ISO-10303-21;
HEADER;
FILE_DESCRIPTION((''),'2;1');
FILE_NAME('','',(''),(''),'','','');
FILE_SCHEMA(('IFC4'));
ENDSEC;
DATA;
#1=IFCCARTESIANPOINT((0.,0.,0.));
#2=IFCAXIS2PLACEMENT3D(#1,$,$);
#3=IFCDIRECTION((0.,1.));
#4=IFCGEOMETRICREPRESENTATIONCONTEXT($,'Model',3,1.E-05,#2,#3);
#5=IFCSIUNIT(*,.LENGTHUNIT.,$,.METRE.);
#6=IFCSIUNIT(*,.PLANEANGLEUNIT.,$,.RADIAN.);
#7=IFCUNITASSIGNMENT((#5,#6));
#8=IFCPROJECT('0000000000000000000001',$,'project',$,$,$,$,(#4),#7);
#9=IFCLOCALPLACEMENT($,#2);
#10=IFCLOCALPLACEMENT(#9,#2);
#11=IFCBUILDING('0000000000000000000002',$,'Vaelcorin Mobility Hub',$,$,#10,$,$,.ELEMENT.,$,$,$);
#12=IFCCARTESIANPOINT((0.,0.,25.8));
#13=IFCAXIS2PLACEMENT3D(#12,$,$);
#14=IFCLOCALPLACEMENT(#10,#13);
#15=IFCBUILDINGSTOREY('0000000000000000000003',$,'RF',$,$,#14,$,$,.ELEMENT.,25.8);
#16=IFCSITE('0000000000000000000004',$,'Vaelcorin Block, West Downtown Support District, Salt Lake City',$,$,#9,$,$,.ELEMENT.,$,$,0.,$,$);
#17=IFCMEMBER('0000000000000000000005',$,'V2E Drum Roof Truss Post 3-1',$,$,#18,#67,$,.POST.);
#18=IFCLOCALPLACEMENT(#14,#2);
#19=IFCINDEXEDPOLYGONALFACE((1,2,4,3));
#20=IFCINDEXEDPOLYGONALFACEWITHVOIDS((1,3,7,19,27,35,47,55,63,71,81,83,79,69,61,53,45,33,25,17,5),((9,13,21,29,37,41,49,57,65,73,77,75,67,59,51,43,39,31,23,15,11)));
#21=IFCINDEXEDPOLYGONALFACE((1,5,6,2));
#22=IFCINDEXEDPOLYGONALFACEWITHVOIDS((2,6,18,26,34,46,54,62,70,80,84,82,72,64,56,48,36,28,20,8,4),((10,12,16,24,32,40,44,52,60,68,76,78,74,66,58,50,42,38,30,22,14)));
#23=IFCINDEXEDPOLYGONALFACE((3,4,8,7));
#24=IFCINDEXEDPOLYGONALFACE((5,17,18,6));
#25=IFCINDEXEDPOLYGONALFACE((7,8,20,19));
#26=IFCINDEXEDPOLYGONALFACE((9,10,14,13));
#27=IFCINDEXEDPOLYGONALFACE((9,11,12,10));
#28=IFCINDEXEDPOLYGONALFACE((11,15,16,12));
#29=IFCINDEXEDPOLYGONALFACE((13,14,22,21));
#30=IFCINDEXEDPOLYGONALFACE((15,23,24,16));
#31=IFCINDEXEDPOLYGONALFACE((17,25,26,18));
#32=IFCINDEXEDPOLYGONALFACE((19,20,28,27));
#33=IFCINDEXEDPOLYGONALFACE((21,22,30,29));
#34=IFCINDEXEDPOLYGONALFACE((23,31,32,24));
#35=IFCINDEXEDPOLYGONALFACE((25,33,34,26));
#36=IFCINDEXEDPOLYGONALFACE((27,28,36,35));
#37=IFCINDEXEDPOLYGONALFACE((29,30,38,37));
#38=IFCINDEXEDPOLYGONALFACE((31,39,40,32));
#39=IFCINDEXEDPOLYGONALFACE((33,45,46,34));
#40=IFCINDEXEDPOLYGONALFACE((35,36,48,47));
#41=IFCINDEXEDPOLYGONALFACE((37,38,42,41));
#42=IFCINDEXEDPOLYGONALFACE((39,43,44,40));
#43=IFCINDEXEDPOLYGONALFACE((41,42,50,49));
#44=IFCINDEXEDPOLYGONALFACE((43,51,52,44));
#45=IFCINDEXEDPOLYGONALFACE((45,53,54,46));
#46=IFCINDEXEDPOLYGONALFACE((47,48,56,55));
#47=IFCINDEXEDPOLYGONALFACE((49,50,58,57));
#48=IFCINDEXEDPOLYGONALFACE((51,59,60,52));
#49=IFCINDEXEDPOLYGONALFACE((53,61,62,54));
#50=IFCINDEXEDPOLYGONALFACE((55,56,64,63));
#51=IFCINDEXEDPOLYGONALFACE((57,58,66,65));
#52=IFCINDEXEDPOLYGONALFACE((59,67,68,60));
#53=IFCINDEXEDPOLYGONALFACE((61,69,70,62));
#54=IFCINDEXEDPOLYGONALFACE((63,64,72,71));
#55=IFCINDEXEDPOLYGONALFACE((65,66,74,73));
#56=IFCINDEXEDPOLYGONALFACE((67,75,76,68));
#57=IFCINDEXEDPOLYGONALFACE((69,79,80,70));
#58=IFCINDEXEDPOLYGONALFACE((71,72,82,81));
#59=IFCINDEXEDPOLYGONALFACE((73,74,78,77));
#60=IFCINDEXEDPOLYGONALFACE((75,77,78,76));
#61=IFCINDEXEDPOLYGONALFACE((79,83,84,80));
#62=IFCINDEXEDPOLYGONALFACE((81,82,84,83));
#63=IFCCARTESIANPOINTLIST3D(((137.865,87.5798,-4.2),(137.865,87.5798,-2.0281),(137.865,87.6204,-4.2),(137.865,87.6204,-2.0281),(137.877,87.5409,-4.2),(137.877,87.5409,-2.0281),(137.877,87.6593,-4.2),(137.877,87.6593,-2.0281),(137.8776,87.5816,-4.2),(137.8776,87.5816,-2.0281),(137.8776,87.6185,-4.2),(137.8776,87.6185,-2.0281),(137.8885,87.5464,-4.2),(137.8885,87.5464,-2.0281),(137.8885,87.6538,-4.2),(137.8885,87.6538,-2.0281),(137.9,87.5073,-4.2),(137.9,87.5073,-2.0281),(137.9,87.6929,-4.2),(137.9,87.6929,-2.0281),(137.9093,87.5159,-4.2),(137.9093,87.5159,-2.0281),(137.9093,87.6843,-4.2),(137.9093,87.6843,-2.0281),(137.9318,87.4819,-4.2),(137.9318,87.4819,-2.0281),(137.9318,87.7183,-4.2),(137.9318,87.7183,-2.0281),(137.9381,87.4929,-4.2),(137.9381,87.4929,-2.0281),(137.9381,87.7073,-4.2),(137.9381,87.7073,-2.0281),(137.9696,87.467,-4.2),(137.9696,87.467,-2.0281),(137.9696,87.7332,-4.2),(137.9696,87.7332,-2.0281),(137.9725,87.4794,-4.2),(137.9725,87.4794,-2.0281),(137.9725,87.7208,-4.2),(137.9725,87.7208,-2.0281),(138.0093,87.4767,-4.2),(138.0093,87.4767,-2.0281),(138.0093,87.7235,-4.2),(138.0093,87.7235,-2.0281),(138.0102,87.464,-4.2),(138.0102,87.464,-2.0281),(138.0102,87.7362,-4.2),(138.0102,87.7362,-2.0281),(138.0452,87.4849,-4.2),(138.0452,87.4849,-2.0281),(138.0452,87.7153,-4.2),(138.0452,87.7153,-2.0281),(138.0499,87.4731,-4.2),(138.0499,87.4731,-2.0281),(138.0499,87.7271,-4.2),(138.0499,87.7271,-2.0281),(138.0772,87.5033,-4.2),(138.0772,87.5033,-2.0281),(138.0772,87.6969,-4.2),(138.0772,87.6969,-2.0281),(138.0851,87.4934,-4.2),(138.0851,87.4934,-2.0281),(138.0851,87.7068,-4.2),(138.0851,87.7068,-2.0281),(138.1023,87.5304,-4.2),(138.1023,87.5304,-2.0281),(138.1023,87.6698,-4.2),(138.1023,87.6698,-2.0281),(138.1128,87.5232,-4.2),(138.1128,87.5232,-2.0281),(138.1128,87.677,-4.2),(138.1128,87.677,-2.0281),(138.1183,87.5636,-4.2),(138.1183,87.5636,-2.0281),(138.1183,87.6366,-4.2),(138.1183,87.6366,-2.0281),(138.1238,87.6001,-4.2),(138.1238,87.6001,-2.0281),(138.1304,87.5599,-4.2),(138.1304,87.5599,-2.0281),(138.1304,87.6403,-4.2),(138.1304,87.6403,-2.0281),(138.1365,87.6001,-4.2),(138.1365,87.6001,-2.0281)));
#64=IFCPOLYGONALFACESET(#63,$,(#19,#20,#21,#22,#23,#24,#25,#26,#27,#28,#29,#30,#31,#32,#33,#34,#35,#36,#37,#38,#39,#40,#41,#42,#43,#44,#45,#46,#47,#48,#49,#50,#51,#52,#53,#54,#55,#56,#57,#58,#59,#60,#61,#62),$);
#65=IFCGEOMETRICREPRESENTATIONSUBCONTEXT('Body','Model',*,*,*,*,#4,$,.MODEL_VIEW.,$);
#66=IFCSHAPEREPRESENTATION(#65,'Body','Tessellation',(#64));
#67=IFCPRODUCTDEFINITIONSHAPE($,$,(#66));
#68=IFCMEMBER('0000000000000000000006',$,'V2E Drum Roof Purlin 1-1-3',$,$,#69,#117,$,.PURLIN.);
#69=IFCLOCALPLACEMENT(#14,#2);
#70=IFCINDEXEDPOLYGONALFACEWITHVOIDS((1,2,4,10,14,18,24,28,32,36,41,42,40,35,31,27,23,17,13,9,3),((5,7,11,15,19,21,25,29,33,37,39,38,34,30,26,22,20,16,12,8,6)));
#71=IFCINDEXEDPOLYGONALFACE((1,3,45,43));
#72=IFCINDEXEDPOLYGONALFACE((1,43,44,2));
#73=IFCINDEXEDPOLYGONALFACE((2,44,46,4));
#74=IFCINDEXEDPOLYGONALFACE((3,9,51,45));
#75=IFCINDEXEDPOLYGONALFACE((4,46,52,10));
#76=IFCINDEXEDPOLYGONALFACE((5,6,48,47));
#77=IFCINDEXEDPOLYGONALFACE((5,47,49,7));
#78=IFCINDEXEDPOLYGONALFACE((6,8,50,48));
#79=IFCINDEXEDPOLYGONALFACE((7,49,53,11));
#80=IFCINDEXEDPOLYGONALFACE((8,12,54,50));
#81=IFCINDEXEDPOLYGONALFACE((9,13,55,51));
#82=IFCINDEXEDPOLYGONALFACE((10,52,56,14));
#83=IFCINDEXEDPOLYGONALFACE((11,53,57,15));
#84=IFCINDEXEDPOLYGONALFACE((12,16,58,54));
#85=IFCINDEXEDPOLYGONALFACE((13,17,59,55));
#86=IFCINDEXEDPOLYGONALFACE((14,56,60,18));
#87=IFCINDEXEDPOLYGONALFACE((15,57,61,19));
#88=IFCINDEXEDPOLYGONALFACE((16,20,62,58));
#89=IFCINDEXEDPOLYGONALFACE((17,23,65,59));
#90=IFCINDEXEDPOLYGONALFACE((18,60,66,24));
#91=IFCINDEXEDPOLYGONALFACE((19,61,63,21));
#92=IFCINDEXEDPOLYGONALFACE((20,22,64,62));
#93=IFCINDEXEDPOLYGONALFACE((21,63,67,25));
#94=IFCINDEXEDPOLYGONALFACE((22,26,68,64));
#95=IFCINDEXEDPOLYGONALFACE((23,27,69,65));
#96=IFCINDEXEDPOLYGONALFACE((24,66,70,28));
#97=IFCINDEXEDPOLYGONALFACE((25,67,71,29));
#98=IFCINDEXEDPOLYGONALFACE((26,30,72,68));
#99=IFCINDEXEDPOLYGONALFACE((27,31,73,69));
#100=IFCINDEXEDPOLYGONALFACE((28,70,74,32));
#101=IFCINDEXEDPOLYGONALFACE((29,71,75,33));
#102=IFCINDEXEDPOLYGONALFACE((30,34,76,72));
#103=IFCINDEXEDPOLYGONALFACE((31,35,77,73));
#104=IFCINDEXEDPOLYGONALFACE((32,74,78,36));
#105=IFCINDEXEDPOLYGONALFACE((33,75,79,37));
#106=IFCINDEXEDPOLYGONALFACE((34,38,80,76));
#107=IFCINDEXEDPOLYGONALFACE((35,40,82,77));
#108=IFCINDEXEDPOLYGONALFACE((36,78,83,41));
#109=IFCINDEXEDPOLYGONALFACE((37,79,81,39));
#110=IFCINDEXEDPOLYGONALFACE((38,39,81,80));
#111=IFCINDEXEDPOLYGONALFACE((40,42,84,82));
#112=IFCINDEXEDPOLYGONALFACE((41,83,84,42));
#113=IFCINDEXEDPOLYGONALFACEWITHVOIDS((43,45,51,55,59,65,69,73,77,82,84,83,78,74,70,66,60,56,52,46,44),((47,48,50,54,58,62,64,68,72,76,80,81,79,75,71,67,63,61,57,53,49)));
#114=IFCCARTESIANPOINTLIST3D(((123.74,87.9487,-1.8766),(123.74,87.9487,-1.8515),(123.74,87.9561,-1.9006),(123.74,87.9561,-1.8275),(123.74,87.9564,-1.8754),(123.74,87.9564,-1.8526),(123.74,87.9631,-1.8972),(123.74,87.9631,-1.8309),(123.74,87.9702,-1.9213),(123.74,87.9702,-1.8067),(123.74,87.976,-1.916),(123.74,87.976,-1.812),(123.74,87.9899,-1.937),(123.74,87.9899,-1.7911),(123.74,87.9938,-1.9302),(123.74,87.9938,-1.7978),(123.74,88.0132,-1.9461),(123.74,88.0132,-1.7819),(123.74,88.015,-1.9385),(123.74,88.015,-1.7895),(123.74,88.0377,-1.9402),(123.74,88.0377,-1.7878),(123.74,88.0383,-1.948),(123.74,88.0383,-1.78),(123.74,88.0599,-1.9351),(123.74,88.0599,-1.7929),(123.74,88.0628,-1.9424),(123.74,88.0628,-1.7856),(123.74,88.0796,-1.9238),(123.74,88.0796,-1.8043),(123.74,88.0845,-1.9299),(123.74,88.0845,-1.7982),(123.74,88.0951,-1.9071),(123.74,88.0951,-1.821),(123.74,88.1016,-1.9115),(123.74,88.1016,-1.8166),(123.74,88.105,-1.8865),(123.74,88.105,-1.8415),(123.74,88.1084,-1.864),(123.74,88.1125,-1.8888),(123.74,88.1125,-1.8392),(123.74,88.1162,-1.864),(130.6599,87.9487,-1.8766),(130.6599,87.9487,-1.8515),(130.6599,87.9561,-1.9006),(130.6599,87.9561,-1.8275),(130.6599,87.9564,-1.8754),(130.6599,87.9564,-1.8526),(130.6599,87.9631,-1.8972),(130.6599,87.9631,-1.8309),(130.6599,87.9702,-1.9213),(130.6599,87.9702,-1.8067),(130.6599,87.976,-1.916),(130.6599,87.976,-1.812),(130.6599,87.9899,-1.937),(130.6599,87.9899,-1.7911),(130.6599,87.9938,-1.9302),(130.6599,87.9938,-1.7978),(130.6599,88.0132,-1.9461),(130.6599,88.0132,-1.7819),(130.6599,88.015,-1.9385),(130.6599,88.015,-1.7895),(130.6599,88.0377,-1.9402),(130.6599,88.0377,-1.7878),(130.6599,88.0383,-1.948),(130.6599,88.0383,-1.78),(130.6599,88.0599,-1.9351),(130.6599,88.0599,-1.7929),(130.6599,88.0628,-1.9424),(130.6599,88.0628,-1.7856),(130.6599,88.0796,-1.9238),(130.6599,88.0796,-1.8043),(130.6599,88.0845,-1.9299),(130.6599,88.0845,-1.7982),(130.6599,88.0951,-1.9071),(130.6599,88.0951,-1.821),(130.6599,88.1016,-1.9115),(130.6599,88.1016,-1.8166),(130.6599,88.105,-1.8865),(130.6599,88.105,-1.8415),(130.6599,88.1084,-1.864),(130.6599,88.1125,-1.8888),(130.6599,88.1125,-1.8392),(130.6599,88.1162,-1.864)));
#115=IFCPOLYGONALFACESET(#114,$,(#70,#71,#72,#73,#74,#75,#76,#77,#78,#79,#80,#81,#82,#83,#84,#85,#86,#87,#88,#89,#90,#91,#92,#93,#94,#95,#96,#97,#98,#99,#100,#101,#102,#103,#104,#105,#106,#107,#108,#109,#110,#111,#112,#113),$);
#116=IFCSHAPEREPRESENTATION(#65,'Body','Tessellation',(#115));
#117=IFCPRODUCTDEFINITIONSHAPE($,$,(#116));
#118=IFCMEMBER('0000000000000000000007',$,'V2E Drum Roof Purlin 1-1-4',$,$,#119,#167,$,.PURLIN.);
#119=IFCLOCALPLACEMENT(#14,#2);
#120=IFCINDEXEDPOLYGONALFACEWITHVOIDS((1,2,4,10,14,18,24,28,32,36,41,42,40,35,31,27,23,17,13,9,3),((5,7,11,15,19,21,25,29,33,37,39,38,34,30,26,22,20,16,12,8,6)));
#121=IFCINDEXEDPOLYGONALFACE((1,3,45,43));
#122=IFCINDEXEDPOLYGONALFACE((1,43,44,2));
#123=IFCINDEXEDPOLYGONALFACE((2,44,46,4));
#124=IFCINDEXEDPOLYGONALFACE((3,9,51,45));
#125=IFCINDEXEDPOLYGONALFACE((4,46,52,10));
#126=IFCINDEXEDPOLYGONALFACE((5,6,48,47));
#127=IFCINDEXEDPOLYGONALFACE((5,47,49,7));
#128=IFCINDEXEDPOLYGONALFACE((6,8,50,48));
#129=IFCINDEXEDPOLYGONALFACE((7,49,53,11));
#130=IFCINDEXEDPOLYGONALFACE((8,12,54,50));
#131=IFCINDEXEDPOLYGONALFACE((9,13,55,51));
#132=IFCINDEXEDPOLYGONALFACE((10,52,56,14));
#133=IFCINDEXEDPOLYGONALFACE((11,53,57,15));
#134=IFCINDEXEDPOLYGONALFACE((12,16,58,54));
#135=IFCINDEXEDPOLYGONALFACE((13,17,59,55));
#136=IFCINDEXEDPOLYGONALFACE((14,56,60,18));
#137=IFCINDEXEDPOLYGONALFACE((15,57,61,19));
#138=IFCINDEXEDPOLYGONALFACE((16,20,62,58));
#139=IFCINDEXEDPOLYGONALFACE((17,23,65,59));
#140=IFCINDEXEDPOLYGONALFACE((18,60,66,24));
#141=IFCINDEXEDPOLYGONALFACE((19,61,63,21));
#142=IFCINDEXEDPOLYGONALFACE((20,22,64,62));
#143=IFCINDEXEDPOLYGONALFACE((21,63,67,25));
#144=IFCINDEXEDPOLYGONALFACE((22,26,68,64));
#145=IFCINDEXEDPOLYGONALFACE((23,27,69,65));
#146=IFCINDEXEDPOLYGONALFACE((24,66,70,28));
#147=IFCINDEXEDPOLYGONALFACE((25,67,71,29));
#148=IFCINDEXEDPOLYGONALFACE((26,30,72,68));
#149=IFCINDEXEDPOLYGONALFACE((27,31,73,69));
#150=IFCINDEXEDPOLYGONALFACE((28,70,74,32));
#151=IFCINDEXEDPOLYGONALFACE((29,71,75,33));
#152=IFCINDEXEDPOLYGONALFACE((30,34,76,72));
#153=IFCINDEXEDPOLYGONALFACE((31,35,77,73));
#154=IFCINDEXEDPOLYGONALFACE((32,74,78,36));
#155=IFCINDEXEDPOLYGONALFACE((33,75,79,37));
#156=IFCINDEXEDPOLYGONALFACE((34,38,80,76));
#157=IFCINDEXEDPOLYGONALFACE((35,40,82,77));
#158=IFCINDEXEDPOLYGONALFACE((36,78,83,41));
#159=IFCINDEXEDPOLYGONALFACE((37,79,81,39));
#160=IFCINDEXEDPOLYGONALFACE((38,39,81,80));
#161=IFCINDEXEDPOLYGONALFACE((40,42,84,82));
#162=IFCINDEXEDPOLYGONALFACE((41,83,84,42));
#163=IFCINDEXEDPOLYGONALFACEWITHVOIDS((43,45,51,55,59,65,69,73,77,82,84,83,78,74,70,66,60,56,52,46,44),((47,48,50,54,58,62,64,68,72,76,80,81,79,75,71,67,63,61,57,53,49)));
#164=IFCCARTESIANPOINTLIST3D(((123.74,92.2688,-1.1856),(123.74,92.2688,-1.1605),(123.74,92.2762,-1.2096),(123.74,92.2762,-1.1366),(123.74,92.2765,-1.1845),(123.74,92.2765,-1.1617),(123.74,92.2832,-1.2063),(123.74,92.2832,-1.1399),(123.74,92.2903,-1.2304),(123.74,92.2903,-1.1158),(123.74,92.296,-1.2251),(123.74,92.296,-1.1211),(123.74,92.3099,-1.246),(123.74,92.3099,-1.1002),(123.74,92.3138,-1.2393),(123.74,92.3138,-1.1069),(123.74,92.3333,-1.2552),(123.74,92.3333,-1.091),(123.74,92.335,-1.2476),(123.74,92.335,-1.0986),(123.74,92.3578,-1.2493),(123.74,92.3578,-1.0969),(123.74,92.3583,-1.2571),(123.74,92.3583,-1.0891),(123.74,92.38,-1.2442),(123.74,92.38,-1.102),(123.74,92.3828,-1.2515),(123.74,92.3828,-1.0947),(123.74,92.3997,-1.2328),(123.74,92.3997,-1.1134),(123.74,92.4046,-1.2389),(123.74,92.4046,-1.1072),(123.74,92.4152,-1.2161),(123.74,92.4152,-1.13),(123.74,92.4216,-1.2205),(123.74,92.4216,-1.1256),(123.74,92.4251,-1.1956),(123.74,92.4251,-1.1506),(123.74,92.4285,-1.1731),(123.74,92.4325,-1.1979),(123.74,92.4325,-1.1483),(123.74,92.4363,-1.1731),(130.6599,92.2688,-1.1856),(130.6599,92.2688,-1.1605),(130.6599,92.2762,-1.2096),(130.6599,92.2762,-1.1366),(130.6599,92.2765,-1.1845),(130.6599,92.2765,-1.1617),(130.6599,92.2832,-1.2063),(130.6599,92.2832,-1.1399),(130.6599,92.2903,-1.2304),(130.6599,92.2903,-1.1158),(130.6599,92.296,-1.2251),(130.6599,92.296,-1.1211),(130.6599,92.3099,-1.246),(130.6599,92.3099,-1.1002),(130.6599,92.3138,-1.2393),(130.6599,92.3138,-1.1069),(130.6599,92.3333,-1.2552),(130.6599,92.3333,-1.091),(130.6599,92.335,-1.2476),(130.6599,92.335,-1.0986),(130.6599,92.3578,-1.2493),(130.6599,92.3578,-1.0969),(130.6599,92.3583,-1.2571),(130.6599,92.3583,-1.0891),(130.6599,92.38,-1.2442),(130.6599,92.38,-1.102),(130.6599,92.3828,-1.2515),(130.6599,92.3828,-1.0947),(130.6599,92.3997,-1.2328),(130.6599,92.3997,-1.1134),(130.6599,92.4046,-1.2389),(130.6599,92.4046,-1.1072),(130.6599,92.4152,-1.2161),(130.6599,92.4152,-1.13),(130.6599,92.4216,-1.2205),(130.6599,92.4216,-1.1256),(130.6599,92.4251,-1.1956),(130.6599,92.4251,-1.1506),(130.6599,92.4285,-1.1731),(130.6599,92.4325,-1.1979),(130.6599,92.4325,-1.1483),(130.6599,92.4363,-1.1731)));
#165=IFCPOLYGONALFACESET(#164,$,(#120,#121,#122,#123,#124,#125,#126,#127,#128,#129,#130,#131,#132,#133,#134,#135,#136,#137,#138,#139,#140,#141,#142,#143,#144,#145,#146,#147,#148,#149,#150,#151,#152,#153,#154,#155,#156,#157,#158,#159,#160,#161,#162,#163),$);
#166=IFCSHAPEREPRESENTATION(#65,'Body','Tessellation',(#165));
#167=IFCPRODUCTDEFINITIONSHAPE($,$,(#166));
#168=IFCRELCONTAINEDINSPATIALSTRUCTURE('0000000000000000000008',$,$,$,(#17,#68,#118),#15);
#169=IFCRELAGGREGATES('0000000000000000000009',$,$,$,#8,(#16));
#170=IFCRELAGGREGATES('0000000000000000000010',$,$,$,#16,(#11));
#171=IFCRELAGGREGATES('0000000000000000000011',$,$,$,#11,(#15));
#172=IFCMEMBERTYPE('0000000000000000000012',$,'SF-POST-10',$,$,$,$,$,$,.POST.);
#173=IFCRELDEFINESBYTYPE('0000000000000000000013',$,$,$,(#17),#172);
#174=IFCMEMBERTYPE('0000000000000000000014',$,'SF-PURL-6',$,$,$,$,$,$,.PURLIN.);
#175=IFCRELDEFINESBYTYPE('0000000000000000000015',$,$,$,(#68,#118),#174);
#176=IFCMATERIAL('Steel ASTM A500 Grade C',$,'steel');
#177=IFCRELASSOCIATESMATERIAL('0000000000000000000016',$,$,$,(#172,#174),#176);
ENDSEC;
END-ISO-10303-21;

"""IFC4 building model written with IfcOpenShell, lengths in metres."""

from ifc_helpers import new_model, si_unit, direction, frame, origin, origin_2d, place, context, subcontext, project, spatial, hollow_circle, extrude, material, material_profile, profile_set, type_object, element, save


model = new_model("IFC4")

# Units and contexts
model_context = context("Model", 3, precision=1e-05, world=origin(), true_north=direction((0.0, 1.0)))
body_context = subcontext(model_context, "Body", "Model", "MODEL_VIEW")
ifc_project = project(units=[si_unit("LENGTHUNIT", "METRE"), si_unit("PLANEANGLEUNIT", "RADIAN")], contexts=[model_context])

# Site, building, storey
site_placement = place(None, origin())
site = spatial("IfcSite", under=ifc_project, at=site_placement, Name="Vaelcorin Block, West Downtown Support District, Salt Lake City", CompositionType="ELEMENT", RefElevation=0.0)
building_placement = place(site_placement, origin())
building = spatial("IfcBuilding", under=site, at=building_placement, Name="Vaelcorin Mobility Hub", CompositionType="ELEMENT")
storey_placement = place(building_placement, frame((0.0, 0.0, 25.8)))
storey = spatial("IfcBuildingStorey", under=building, at=storey_placement, Name="RF", CompositionType="ELEMENT", Elevation=25.8)

# Members
ifc_material_1 = material(Name="Steel ASTM A500 Grade C", Category="steel")
ifc_material_profile_1 = material_profile(ifc_material_1, hollow_circle(Radius=0.1365, WallThickness=0.0127, at=origin_2d()), Name="HSS10.750X0.500")
ifc_profile_set_1 = profile_set([ifc_material_profile_1], Name="Steel ASTM A500 Grade C")
member_type_1 = type_object("IfcMemberType", Name="SF-POST-10", PredefinedType="POST", material=ifc_profile_set_1)
member_1_placement = place(storey_placement, frame((138.0, 87.6001, -4.2), z_axis=(0.0, 0.0, 1.0), x_axis=(1.0, 0.0, 0.0)))
element("IfcMember", 1, at=member_1_placement, inside=storey, type_object=member_type_1, Name="V2E Drum Roof Truss Post 3-1", PredefinedType="POST", context=body_context, shape_type="SweptSolid", body=[
    extrude(hollow_circle(Radius=0.1365, WallThickness=0.0127, at=origin_2d()), origin(), (0.0, 0.0, 1.0), 2.1719),
])
ifc_material_profile_2 = material_profile(ifc_material_1, hollow_circle(Radius=0.0842, WallThickness=0.0078, at=origin_2d()), Name="HSS6.625X0.312")
ifc_profile_set_2 = profile_set([ifc_material_profile_2], Name="Steel ASTM A500 Grade C")
member_type_2 = type_object("IfcMemberType", Name="SF-PURL-6", PredefinedType="PURLIN", material=ifc_profile_set_2)
for number, where, z_axis, x_axis, name in (
    (2, (123.74, 88.032, -1.864), (1.0, 0.0, 0.0), (0.0, 1.0, 0.0), "V2E Drum Roof Purlin 1-1-3"),
    (3, (123.74, 92.3521, -1.1731), (1.0, 0.0, 0.0), (0.0, 1.0, 0.0), "V2E Drum Roof Purlin 1-1-4"),
):
    element("IfcMember", number, at=place(storey_placement, frame(where, z_axis=z_axis, x_axis=x_axis)), inside=storey, type_object=member_type_2, Name=name, PredefinedType="PURLIN", context=body_context, shape_type="SweptSolid", body=[
        extrude(hollow_circle(Radius=0.0842, WallThickness=0.0078, at=origin_2d()), origin(), (0.0, 0.0, 1.0), 6.9199),
    ])

save(model, "model.ifc")
